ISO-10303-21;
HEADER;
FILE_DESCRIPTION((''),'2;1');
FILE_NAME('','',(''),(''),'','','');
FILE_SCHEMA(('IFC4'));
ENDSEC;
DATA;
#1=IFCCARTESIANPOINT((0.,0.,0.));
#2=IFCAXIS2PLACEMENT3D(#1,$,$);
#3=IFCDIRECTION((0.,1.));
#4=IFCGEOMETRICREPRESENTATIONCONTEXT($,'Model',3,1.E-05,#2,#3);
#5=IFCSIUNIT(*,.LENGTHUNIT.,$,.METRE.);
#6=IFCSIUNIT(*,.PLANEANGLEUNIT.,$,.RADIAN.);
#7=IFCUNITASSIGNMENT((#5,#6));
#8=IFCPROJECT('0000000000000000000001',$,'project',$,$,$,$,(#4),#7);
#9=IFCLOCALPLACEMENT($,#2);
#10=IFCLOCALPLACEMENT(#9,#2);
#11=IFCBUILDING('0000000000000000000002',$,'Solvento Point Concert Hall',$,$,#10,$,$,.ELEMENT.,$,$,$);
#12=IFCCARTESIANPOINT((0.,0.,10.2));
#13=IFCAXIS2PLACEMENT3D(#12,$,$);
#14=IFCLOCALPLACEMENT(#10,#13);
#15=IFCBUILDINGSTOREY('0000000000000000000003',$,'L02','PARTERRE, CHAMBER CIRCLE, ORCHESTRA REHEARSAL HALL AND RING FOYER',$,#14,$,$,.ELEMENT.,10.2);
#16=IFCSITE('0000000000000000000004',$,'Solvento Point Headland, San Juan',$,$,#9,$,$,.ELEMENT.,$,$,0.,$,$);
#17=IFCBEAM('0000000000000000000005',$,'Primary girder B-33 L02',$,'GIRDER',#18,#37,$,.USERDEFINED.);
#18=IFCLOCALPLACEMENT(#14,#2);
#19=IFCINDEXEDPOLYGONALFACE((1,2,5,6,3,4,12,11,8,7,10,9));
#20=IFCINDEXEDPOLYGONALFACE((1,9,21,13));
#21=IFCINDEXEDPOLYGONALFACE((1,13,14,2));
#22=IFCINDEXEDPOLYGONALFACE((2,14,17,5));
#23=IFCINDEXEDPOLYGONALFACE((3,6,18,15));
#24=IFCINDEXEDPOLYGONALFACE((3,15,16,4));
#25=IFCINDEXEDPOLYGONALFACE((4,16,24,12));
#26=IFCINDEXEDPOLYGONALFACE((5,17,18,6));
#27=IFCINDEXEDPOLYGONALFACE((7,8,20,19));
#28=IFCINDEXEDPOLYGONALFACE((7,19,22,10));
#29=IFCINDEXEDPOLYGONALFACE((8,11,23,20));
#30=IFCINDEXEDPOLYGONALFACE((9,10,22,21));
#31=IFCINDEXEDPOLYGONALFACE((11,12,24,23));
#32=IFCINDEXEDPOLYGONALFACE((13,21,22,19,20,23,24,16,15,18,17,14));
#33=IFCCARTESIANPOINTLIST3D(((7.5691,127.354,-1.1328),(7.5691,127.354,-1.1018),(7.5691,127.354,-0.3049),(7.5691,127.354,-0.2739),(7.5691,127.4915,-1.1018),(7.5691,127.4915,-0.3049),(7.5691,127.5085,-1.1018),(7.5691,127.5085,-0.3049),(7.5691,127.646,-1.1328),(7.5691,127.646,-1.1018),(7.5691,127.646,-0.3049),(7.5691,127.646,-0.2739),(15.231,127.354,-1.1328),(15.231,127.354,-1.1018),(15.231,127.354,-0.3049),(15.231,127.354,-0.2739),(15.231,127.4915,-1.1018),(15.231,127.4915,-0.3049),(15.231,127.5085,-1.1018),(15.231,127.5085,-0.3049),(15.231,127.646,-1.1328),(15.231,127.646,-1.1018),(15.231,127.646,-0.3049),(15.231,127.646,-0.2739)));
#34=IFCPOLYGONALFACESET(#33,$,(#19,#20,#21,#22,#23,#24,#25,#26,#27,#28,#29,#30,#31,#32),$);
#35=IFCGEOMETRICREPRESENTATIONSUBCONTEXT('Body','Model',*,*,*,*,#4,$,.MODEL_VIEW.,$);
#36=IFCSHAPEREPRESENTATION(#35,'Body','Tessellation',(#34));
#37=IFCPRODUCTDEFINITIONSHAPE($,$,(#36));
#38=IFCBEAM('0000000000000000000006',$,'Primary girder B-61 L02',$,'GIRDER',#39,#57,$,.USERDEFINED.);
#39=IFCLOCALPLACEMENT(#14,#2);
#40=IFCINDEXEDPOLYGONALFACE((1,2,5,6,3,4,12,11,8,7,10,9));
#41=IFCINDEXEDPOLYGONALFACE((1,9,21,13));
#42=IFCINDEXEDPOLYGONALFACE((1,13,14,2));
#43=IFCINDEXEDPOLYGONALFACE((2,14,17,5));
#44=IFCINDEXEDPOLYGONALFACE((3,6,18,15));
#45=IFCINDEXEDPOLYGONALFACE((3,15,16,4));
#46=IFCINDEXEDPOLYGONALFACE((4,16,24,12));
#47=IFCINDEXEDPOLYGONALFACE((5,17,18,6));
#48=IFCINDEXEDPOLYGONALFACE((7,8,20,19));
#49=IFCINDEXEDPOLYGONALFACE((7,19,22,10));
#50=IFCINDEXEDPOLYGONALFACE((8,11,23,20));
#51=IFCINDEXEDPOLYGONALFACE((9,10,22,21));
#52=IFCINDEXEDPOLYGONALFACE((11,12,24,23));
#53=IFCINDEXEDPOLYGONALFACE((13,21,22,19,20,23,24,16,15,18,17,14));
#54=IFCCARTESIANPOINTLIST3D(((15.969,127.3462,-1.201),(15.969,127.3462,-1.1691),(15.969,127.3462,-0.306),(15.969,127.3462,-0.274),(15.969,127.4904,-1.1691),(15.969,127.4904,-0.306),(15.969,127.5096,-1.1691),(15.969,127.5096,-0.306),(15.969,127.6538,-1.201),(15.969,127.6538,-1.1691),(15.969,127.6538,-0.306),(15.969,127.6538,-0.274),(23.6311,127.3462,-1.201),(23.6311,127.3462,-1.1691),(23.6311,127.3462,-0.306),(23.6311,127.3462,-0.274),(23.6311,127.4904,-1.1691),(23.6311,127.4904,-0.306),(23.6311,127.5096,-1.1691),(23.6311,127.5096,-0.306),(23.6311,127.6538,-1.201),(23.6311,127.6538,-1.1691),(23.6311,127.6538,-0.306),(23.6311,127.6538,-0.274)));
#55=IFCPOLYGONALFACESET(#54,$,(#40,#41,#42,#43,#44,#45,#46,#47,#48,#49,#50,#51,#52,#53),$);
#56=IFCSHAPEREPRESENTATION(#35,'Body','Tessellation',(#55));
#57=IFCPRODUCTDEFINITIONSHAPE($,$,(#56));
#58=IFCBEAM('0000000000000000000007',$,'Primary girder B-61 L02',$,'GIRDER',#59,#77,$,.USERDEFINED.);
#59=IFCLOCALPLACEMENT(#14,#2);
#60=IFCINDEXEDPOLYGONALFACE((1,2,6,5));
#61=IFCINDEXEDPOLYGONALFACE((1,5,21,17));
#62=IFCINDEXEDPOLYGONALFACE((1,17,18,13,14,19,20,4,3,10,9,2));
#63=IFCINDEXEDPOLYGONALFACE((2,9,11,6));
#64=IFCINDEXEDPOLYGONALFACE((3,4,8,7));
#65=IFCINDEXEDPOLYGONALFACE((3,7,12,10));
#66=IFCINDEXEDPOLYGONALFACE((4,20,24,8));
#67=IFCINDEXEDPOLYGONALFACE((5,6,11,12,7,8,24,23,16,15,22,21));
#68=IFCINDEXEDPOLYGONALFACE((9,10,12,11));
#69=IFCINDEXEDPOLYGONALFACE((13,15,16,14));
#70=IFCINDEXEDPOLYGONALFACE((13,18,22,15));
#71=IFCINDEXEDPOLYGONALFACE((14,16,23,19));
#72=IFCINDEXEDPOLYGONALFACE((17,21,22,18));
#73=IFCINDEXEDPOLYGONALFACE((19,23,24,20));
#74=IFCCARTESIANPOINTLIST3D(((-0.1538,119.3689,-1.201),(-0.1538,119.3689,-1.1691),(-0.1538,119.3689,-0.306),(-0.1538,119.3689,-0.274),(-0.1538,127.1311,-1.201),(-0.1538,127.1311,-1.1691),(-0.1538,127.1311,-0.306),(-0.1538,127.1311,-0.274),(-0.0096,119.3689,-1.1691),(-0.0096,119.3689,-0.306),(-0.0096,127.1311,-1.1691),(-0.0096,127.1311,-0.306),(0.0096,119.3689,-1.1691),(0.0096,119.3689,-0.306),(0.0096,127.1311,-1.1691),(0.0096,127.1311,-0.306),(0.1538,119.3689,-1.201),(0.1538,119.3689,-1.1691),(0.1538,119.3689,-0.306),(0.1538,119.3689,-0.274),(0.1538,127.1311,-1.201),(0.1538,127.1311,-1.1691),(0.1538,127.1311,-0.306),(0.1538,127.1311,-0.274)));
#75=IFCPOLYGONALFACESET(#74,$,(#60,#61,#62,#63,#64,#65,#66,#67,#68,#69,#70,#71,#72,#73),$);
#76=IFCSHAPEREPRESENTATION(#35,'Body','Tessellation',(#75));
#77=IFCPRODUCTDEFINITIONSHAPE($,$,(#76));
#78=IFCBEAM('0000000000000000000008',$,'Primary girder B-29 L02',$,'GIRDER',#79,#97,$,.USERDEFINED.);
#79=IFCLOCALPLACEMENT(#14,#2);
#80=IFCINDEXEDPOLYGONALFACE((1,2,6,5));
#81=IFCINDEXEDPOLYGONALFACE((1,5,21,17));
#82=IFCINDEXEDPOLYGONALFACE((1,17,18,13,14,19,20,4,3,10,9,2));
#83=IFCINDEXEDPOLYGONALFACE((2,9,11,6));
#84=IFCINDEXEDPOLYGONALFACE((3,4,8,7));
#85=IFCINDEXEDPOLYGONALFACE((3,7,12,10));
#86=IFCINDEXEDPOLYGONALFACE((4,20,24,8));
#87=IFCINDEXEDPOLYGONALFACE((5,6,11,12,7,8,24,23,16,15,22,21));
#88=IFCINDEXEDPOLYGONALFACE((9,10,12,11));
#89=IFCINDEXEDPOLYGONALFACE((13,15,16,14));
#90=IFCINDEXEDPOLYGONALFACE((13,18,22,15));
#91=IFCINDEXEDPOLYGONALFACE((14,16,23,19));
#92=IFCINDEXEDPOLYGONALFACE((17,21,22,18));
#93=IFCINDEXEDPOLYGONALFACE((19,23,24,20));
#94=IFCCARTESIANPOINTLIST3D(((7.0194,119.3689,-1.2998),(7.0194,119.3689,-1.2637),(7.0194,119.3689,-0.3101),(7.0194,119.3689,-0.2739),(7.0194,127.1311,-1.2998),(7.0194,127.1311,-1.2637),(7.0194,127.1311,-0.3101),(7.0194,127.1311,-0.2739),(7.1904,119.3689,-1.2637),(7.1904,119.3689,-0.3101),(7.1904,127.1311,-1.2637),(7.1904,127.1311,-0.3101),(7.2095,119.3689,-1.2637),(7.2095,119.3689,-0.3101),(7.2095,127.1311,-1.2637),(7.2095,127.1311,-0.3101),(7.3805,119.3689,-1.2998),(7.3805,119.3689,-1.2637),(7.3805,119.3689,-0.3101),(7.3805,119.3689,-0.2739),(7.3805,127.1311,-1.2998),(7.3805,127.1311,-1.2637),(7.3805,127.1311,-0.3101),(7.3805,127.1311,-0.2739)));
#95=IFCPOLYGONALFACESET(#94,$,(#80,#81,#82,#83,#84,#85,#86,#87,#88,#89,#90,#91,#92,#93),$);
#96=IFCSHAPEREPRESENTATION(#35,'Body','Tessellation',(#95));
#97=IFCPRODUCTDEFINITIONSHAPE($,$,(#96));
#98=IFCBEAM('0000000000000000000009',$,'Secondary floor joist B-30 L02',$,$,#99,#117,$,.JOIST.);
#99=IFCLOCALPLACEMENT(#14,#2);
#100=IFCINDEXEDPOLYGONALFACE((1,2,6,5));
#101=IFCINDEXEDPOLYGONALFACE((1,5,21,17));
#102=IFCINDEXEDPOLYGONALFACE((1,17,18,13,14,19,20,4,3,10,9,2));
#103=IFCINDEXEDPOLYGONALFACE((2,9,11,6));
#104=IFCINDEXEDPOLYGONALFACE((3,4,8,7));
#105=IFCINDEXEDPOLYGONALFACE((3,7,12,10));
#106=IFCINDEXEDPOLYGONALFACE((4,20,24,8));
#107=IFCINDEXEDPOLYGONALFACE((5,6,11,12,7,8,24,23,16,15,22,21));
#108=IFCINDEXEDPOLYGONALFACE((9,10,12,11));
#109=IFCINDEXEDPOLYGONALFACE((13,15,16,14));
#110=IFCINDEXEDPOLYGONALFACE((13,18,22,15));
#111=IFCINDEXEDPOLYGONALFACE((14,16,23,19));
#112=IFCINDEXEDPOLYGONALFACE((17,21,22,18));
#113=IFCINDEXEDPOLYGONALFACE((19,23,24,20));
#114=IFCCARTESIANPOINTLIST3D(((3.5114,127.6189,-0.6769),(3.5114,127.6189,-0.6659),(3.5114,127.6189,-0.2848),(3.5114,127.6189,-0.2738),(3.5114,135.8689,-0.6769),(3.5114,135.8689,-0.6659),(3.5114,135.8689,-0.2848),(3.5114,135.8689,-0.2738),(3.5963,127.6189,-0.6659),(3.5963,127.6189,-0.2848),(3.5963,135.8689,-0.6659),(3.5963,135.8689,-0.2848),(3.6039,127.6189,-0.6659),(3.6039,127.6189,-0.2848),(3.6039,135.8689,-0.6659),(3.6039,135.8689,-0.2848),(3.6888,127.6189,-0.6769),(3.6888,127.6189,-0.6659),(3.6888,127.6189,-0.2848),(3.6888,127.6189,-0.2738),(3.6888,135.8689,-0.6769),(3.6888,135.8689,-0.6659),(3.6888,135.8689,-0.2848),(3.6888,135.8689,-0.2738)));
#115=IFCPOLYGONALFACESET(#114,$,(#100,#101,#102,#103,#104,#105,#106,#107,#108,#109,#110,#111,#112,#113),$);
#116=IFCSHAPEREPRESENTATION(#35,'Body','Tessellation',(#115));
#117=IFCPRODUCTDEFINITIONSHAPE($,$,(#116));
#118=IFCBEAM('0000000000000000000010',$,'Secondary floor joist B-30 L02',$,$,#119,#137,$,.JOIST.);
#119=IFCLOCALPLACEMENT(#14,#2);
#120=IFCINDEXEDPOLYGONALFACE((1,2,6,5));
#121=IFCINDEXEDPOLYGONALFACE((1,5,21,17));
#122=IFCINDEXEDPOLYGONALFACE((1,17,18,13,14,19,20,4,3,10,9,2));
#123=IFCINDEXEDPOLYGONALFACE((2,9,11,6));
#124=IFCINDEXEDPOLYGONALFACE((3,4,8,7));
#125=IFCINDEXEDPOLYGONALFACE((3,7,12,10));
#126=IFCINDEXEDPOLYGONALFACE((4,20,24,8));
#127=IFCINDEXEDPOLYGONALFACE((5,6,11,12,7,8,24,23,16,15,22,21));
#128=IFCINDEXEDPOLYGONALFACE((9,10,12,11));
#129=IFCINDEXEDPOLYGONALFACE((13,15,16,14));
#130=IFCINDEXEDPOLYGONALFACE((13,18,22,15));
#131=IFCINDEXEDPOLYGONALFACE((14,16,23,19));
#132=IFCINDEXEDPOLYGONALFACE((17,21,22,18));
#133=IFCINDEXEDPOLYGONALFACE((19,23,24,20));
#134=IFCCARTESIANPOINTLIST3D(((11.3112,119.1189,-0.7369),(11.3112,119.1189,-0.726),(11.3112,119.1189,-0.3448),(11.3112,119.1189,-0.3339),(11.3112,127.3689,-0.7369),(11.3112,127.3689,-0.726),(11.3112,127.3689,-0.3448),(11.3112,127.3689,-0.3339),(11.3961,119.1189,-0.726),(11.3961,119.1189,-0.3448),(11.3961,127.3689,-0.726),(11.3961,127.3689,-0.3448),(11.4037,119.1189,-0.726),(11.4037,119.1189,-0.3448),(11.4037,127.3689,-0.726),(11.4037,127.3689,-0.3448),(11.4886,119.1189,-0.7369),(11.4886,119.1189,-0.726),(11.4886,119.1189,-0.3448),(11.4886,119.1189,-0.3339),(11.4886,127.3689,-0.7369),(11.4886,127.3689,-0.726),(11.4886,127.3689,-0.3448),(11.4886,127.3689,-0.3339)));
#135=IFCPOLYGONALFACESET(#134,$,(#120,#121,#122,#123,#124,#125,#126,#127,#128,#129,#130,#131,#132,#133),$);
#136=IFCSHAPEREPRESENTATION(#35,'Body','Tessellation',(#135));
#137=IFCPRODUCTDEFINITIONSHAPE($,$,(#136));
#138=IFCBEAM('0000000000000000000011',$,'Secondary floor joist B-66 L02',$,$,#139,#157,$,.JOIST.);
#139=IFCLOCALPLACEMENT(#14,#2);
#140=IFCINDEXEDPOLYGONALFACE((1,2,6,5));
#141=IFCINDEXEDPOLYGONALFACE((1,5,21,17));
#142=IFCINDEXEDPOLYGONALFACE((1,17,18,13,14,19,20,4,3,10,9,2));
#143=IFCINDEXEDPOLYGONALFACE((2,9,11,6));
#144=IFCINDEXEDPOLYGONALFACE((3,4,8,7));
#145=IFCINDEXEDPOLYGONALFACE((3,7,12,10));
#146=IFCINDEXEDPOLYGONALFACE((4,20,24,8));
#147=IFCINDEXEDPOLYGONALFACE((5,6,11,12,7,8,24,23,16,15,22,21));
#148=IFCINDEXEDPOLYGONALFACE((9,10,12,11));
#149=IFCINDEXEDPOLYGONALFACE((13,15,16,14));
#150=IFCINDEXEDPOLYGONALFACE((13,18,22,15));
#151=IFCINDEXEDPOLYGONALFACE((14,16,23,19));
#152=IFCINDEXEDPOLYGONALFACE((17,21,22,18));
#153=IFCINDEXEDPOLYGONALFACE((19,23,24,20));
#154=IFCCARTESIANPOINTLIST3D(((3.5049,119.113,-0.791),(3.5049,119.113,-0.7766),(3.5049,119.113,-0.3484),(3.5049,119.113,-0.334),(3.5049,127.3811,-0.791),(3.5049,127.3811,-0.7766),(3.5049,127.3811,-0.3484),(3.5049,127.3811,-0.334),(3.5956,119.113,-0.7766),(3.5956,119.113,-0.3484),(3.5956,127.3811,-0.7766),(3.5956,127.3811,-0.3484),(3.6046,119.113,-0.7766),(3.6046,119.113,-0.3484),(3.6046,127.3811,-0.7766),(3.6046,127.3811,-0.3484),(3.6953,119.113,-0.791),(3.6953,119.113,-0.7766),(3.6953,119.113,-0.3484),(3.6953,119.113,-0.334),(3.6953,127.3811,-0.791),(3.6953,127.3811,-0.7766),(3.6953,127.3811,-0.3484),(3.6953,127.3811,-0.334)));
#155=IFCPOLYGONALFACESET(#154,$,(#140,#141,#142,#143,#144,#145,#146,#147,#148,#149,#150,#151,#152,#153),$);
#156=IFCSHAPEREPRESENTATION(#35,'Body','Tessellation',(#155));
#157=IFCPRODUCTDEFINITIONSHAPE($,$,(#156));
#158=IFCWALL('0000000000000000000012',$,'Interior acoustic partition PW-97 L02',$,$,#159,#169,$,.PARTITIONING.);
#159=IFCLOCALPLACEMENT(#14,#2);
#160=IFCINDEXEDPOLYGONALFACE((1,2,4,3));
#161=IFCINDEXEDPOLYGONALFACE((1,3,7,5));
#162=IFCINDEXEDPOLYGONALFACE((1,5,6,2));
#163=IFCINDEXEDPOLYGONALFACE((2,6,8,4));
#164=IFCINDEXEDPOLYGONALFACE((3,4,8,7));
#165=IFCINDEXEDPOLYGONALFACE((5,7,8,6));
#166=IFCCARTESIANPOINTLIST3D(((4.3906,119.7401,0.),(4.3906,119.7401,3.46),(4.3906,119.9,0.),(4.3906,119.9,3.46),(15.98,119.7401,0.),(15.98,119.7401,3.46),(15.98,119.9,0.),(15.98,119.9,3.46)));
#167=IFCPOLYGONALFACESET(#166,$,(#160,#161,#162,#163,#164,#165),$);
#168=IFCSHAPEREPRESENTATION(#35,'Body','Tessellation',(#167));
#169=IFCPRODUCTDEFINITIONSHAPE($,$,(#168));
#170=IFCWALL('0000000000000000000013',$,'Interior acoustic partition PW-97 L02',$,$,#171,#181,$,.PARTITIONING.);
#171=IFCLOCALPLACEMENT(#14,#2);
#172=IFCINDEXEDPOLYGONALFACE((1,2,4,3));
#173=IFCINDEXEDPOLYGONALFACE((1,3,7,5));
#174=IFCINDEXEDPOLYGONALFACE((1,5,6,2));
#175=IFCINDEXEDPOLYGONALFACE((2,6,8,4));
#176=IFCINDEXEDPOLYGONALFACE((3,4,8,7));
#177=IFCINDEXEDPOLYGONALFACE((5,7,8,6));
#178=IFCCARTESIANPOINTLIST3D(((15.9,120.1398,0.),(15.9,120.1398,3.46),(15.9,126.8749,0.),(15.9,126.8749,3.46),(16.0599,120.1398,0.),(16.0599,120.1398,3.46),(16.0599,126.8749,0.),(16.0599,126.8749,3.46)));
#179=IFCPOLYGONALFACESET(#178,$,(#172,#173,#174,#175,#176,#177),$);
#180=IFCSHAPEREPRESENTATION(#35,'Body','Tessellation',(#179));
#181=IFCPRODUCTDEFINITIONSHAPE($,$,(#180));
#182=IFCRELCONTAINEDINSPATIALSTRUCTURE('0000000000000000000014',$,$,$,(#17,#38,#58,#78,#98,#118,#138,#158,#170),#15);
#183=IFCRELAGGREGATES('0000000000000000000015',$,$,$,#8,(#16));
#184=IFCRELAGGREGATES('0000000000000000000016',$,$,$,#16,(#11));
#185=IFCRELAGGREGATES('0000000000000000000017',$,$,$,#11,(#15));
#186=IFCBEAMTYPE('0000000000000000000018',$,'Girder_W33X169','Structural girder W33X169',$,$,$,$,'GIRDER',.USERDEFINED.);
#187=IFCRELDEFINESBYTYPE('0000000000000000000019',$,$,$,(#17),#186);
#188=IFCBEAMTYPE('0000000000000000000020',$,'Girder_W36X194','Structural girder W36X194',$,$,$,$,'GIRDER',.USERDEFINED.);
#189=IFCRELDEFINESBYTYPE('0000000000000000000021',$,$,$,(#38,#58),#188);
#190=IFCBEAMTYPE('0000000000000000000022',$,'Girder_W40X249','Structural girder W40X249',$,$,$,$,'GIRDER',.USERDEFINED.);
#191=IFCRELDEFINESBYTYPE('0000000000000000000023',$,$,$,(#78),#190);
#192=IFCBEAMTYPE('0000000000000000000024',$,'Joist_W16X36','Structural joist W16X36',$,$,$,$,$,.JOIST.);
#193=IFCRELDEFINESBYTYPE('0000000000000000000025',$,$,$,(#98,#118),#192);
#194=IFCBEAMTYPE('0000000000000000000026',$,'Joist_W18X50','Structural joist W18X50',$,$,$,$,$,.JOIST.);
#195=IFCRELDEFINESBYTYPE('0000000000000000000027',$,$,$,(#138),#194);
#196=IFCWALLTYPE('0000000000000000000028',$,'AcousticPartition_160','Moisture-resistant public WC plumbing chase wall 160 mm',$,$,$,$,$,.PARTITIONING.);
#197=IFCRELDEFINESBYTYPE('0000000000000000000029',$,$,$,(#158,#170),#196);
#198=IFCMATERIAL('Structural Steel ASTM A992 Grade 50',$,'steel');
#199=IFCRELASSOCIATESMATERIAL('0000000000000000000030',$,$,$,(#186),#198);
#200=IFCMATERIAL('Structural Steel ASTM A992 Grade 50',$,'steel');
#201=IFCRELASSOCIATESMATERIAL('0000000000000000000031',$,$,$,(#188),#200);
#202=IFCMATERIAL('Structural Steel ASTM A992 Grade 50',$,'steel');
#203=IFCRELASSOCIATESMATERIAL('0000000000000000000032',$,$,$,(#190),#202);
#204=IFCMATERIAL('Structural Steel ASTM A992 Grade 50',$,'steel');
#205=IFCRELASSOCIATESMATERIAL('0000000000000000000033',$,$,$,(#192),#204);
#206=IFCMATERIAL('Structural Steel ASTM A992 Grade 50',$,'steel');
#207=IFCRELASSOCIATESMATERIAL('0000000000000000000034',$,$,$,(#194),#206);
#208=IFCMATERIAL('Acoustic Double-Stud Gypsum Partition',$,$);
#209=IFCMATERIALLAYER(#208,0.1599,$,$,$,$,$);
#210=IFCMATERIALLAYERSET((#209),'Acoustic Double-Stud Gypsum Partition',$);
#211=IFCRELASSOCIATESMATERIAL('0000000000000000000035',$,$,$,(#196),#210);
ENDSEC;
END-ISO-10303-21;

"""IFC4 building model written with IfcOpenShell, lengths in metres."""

from ifc_helpers import new_model, si_unit, direction, frame, frame_2d, origin, origin_2d, place, context, subcontext, project, spatial, rectangle, i_section, extrude, material, layer, layer_set, material_profile, profile_set, type_object, element, save


model = new_model("IFC4")

# Units and contexts
model_context = context("Model", 3, precision=1e-05, world=origin(), true_north=direction((0.0, 1.0)))
body_context = subcontext(model_context, "Body", "Model", "MODEL_VIEW")
ifc_project = project(units=[si_unit("LENGTHUNIT", "METRE"), si_unit("PLANEANGLEUNIT", "RADIAN")], contexts=[model_context])

# Site, building, storey
site_placement = place(None, origin())
site = spatial("IfcSite", under=ifc_project, at=site_placement, Name="Solvento Point Headland, San Juan", CompositionType="ELEMENT", RefElevation=0.0)
building_placement = place(site_placement, origin())
building = spatial("IfcBuilding", under=site, at=building_placement, Name="Solvento Point Concert Hall", CompositionType="ELEMENT")
storey_placement = place(building_placement, frame((0.0, 0.0, 10.2)))
storey = spatial("IfcBuildingStorey", under=building, at=storey_placement, Name="L02", Description="PARTERRE, CHAMBER CIRCLE, ORCHESTRA REHEARSAL HALL AND RING FOYER", CompositionType="ELEMENT", Elevation=10.2)

# Beams
ifc_material_1 = material(Name="Structural Steel ASTM A992 Grade 50", Category="steel")
ifc_material_profile_1 = material_profile(ifc_material_1, i_section(OverallWidth=0.292, OverallDepth=0.8589, WebThickness=0.0171, FlangeThickness=0.031, at=origin_2d()), Name="W33X169")
ifc_profile_set_1 = profile_set([ifc_material_profile_1], Name="Structural Steel ASTM A992 Grade 50")
beam_type_1 = type_object("IfcBeamType", Name="Girder_W33X169", Description="Structural girder W33X169", ElementType="GIRDER", PredefinedType="USERDEFINED", material=ifc_profile_set_1)
beam_1_placement = place(storey_placement, frame((7.5691, 127.5, -0.7034), z_axis=(1.0, 0.0, 0.0), x_axis=(0.0, 1.0, 0.0)))
element("IfcBeam", 1, at=beam_1_placement, inside=storey, type_object=beam_type_1, Name="Primary girder B-33 L02", ObjectType="GIRDER", PredefinedType="USERDEFINED", context=body_context, shape_type="SweptSolid", body=[
    extrude(i_section(OverallWidth=0.292, OverallDepth=0.8589, WebThickness=0.0171, FlangeThickness=0.031, at=origin_2d()), origin(), (0.0, 0.0, 1.0), 7.6619),
])
ifc_material_2 = material(Name="Structural Steel ASTM A992 Grade 50", Category="steel")
ifc_material_profile_2 = material_profile(ifc_material_2, i_section(OverallWidth=0.3076, OverallDepth=0.927, WebThickness=0.0193, FlangeThickness=0.032, at=origin_2d()), Name="W36X194")
ifc_profile_set_2 = profile_set([ifc_material_profile_2], Name="Structural Steel ASTM A992 Grade 50")
beam_type_2 = type_object("IfcBeamType", Name="Girder_W36X194", Description="Structural girder W36X194", ElementType="GIRDER", PredefinedType="USERDEFINED", material=ifc_profile_set_2)
beam_2_placement = place(storey_placement, frame((15.969, 127.5, -0.7375), z_axis=(1.0, 0.0, 0.0), x_axis=(0.0, 1.0, 0.0)))
element("IfcBeam", 2, at=beam_2_placement, inside=storey, type_object=beam_type_2, Name="Primary girder B-61 L02", ObjectType="GIRDER", PredefinedType="USERDEFINED", context=body_context, shape_type="SweptSolid", body=[
    extrude(i_section(OverallWidth=0.3076, OverallDepth=0.927, WebThickness=0.0193, FlangeThickness=0.032, at=origin_2d()), origin(), (0.0, 0.0, 1.0), 7.6621),
])
beam_3_placement = place(storey_placement, frame((0.0, 119.3689, -0.7375), z_axis=(0.0, 1.0, 0.0), x_axis=(-1.0, 0.0, 0.0)))
element("IfcBeam", 3, at=beam_3_placement, inside=storey, type_object=beam_type_2, Name="Primary girder B-61 L02", ObjectType="GIRDER", PredefinedType="USERDEFINED", context=body_context, shape_type="SweptSolid", body=[
    extrude(i_section(OverallWidth=0.3076, OverallDepth=0.927, WebThickness=0.0193, FlangeThickness=0.032, at=origin_2d()), origin(), (0.0, 0.0, 1.0), 7.7622),
])
ifc_material_3 = material(Name="Structural Steel ASTM A992 Grade 50", Category="steel")
ifc_material_profile_3 = material_profile(ifc_material_3, i_section(OverallWidth=0.3611, OverallDepth=1.0259, WebThickness=0.019, FlangeThickness=0.0361, at=origin_2d()), Name="W40X249")
ifc_profile_set_3 = profile_set([ifc_material_profile_3], Name="Structural Steel ASTM A992 Grade 50")
beam_type_3 = type_object("IfcBeamType", Name="Girder_W40X249", Description="Structural girder W40X249", ElementType="GIRDER", PredefinedType="USERDEFINED", material=ifc_profile_set_3)
beam_4_placement = place(storey_placement, frame((7.2, 119.3689, -0.7869), z_axis=(0.0, 1.0, 0.0), x_axis=(-1.0, 0.0, 0.0)))
element("IfcBeam", 4, at=beam_4_placement, inside=storey, type_object=beam_type_3, Name="Primary girder B-29 L02", ObjectType="GIRDER", PredefinedType="USERDEFINED", context=body_context, shape_type="SweptSolid", body=[
    extrude(i_section(OverallWidth=0.3611, OverallDepth=1.0259, WebThickness=0.019, FlangeThickness=0.0361, at=origin_2d()), origin(), (0.0, 0.0, 1.0), 7.7622),
])
ifc_material_4 = material(Name="Structural Steel ASTM A992 Grade 50", Category="steel")
ifc_material_profile_4 = material_profile(ifc_material_4, i_section(OverallWidth=0.1775, OverallDepth=0.4031, WebThickness=0.0076, FlangeThickness=0.011, at=origin_2d()), Name="W16X36")
ifc_profile_set_4 = profile_set([ifc_material_profile_4], Name="Structural Steel ASTM A992 Grade 50")
beam_type_4 = type_object("IfcBeamType", Name="Joist_W16X36", Description="Structural joist W16X36", PredefinedType="JOIST", material=ifc_profile_set_4)
for number, where, z_axis, x_axis, name in (
    (5, (3.6001, 127.6189, -0.4753), (0.0, 1.0, 0.0), (-1.0, 0.0, 0.0), "Secondary floor joist B-30 L02"),
    (6, (11.3999, 119.1189, -0.5354), (0.0, 1.0, 0.0), (-1.0, 0.0, 0.0), "Secondary floor joist B-30 L02"),
):
    element("IfcBeam", number, at=place(storey_placement, frame(where, z_axis=z_axis, x_axis=x_axis)), inside=storey, type_object=beam_type_4, Name=name, PredefinedType="JOIST", context=body_context, shape_type="SweptSolid", body=[
        extrude(i_section(OverallWidth=0.1775, OverallDepth=0.4031, WebThickness=0.0076, FlangeThickness=0.011, at=origin_2d()), origin(), (0.0, 0.0, 1.0), 8.25),
    ])
ifc_material_5 = material(Name="Structural Steel ASTM A992 Grade 50", Category="steel")
ifc_material_profile_5 = material_profile(ifc_material_5, i_section(OverallWidth=0.1904, OverallDepth=0.457, WebThickness=0.009, FlangeThickness=0.0144, at=origin_2d()), Name="W18X50")
ifc_profile_set_5 = profile_set([ifc_material_profile_5], Name="Structural Steel ASTM A992 Grade 50")
beam_type_5 = type_object("IfcBeamType", Name="Joist_W18X50", Description="Structural joist W18X50", PredefinedType="JOIST", material=ifc_profile_set_5)
beam_5_placement = place(storey_placement, frame((3.6001, 119.113, -0.5625), z_axis=(0.0, 1.0, 0.0), x_axis=(-1.0, 0.0, 0.0)))
element("IfcBeam", 7, at=beam_5_placement, inside=storey, type_object=beam_type_5, Name="Secondary floor joist B-66 L02", PredefinedType="JOIST", context=body_context, shape_type="SweptSolid", body=[
    extrude(i_section(OverallWidth=0.1904, OverallDepth=0.457, WebThickness=0.009, FlangeThickness=0.0144, at=origin_2d()), origin(), (0.0, 0.0, 1.0), 8.2681),
])

# Walls
ifc_material_6 = material(Name="Acoustic Double-Stud Gypsum Partition")
ifc_layer_1 = layer(ifc_material_6, 0.1599)
ifc_layer_set_1 = layer_set([ifc_layer_1], Name="Acoustic Double-Stud Gypsum Partition")
wall_type_1 = type_object("IfcWallType", Name="AcousticPartition_160", Description="Moisture-resistant public WC plumbing chase wall 160 mm", PredefinedType="PARTITIONING", material=ifc_layer_set_1)
wall_1_placement = place(storey_placement, frame((15.98, 119.8201, 0.0), z_axis=(0.0, 0.0, 1.0), x_axis=(-1.0, 0.0, 0.0)))
element("IfcWall", 8, at=wall_1_placement, inside=storey, type_object=wall_type_1, Name="Interior acoustic partition PW-97 L02", PredefinedType="PARTITIONING", context=body_context, shape_type="SweptSolid", body=[
    extrude(rectangle(XDim=11.5894, YDim=0.1599, at=frame_2d((5.7947, 0.0))), origin(), (0.0, 0.0, 1.0), 3.46),
])
wall_2_placement = place(storey_placement, frame((15.98, 126.875, 0.0), z_axis=(0.0, 0.0, 1.0), x_axis=(0.0, -1.0, 0.0)))
element("IfcWall", 9, at=wall_2_placement, inside=storey, type_object=wall_type_1, Name="Interior acoustic partition PW-97 L02", PredefinedType="PARTITIONING", context=body_context, shape_type="SweptSolid", body=[
    extrude(rectangle(XDim=6.7351, YDim=0.1599, at=frame_2d((3.3677, 0.0))), origin(), (0.0, 0.0, 1.0), 3.46),
])

save(model, "model.ifc")
